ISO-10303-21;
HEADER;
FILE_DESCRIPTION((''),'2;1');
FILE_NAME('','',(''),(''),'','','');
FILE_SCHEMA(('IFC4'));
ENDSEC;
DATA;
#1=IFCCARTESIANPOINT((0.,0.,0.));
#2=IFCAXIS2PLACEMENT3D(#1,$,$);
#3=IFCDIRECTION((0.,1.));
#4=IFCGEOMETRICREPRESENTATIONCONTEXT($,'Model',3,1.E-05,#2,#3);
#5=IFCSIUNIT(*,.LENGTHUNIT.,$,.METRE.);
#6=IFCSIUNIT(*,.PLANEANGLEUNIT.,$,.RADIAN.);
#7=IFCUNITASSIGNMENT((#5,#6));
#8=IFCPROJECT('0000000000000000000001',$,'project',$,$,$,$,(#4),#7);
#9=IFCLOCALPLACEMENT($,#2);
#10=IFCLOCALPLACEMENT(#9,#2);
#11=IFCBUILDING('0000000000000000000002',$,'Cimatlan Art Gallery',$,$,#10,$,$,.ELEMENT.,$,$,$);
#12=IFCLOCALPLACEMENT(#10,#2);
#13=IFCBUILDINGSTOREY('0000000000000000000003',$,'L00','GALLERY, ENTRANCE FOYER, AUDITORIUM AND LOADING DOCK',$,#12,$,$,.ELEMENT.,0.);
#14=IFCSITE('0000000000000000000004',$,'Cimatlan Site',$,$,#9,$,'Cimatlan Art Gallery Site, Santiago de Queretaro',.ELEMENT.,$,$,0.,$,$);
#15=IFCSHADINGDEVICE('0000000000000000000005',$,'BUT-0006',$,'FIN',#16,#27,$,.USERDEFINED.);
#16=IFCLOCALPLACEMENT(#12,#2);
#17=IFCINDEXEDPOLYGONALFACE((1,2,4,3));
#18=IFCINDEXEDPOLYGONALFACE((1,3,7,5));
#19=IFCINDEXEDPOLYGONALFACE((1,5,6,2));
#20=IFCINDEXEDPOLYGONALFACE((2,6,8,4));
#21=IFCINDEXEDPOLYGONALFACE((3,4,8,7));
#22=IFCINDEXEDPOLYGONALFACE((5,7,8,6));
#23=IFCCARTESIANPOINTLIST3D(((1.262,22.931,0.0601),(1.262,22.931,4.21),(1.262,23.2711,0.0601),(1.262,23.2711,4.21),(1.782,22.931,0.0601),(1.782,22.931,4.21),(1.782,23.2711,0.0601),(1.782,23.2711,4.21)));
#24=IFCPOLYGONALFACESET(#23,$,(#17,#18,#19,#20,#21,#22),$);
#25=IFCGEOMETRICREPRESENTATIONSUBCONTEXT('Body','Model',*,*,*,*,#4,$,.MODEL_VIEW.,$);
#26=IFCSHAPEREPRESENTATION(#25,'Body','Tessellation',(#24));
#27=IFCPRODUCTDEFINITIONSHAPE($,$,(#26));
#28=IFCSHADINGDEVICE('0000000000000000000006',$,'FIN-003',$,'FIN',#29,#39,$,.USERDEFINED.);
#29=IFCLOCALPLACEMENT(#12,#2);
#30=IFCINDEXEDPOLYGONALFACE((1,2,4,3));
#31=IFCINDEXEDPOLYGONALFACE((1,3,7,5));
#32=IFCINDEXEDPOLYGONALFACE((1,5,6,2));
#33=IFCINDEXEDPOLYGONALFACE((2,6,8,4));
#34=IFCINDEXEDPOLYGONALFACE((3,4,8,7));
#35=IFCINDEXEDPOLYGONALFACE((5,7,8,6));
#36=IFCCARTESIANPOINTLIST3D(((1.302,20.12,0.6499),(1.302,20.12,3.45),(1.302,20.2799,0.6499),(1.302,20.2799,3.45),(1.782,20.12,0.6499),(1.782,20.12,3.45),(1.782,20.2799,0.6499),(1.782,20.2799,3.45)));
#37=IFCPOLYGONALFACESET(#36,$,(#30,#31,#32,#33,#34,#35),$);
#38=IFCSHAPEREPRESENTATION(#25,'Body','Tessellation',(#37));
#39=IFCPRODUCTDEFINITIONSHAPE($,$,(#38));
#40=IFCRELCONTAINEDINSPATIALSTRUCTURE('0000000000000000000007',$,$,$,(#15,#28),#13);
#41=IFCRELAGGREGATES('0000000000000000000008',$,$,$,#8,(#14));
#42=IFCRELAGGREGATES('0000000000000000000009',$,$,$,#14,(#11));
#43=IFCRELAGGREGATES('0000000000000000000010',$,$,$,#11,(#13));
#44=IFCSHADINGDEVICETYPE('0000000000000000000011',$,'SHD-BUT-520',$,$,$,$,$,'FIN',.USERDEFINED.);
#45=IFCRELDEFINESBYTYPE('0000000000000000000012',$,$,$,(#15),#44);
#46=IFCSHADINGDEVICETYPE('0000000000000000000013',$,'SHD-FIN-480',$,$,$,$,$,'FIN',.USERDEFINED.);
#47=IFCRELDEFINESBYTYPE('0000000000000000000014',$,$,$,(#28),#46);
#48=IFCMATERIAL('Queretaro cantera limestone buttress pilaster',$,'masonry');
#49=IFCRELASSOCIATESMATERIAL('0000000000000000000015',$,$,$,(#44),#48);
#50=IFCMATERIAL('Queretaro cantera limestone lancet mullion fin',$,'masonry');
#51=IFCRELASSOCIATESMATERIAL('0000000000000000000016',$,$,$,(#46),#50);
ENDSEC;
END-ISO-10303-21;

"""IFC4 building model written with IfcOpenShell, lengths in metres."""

from ifc_helpers import new_model, si_unit, direction, frame, origin, origin_2d, place, context, subcontext, project, spatial, rectangle, extrude, material, type_object, element, save


model = new_model("IFC4")

# Units and contexts
model_context = context("Model", 3, precision=1e-05, world=origin(), true_north=direction((0.0, 1.0)))
body_context = subcontext(model_context, "Body", "Model", "MODEL_VIEW")
ifc_project = project(units=[si_unit("LENGTHUNIT", "METRE"), si_unit("PLANEANGLEUNIT", "RADIAN")], contexts=[model_context])

# Site, building, storey
site_placement = place(None, origin())
site = spatial("IfcSite", under=ifc_project, at=site_placement, Name="Cimatlan Site", LongName="Cimatlan Art Gallery Site, Santiago de Queretaro", CompositionType="ELEMENT", RefElevation=0.0)
building_placement = place(site_placement, origin())
building = spatial("IfcBuilding", under=site, at=building_placement, Name="Cimatlan Art Gallery", CompositionType="ELEMENT")
storey_placement = place(building_placement, origin())
storey = spatial("IfcBuildingStorey", under=building, at=storey_placement, Name="L00", Description="GALLERY, ENTRANCE FOYER, AUDITORIUM AND LOADING DOCK", CompositionType="ELEMENT", Elevation=0.0)

# Shading devices
ifc_material_1 = material(Name="Queretaro cantera limestone buttress pilaster", Category="masonry")
shading_device_type_1 = type_object("IfcShadingDeviceType", Name="SHD-BUT-520", ElementType="FIN", PredefinedType="USERDEFINED", material=ifc_material_1)
for number, where, z_axis, x_axis, name in (
    (1, (1.522, 23.1011, 0.0601), (0.0, 0.0, 1.0), (0.0, 1.0, 0.0), "BUT-0006"),
):
    element("IfcShadingDevice", number, at=place(storey_placement, frame(where, z_axis=z_axis, x_axis=x_axis)), inside=storey, type_object=shading_device_type_1, Name=name, ObjectType="FIN", PredefinedType="USERDEFINED", context=body_context, shape_type="SweptSolid", body=[
        extrude(rectangle(XDim=0.3401, YDim=0.52, at=origin_2d()), origin(), (0.0, 0.0, 1.0), 4.1499),
    ])
ifc_material_2 = material(Name="Queretaro cantera limestone lancet mullion fin", Category="masonry")
shading_device_type_2 = type_object("IfcShadingDeviceType", Name="SHD-FIN-480", ElementType="FIN", PredefinedType="USERDEFINED", material=ifc_material_2)
shading_device_placement = place(storey_placement, frame((1.542, 20.2, 0.6499), z_axis=(0.0, 0.0, 1.0), x_axis=(0.0, 1.0, 0.0)))
element("IfcShadingDevice", 2, at=shading_device_placement, inside=storey, type_object=shading_device_type_2, Name="FIN-003", ObjectType="FIN", PredefinedType="USERDEFINED", context=body_context, shape_type="SweptSolid", body=[
    extrude(rectangle(XDim=0.1599, YDim=0.48, at=origin_2d()), origin(), (0.0, 0.0, 1.0), 2.8),
])

save(model, "model.ifc")
